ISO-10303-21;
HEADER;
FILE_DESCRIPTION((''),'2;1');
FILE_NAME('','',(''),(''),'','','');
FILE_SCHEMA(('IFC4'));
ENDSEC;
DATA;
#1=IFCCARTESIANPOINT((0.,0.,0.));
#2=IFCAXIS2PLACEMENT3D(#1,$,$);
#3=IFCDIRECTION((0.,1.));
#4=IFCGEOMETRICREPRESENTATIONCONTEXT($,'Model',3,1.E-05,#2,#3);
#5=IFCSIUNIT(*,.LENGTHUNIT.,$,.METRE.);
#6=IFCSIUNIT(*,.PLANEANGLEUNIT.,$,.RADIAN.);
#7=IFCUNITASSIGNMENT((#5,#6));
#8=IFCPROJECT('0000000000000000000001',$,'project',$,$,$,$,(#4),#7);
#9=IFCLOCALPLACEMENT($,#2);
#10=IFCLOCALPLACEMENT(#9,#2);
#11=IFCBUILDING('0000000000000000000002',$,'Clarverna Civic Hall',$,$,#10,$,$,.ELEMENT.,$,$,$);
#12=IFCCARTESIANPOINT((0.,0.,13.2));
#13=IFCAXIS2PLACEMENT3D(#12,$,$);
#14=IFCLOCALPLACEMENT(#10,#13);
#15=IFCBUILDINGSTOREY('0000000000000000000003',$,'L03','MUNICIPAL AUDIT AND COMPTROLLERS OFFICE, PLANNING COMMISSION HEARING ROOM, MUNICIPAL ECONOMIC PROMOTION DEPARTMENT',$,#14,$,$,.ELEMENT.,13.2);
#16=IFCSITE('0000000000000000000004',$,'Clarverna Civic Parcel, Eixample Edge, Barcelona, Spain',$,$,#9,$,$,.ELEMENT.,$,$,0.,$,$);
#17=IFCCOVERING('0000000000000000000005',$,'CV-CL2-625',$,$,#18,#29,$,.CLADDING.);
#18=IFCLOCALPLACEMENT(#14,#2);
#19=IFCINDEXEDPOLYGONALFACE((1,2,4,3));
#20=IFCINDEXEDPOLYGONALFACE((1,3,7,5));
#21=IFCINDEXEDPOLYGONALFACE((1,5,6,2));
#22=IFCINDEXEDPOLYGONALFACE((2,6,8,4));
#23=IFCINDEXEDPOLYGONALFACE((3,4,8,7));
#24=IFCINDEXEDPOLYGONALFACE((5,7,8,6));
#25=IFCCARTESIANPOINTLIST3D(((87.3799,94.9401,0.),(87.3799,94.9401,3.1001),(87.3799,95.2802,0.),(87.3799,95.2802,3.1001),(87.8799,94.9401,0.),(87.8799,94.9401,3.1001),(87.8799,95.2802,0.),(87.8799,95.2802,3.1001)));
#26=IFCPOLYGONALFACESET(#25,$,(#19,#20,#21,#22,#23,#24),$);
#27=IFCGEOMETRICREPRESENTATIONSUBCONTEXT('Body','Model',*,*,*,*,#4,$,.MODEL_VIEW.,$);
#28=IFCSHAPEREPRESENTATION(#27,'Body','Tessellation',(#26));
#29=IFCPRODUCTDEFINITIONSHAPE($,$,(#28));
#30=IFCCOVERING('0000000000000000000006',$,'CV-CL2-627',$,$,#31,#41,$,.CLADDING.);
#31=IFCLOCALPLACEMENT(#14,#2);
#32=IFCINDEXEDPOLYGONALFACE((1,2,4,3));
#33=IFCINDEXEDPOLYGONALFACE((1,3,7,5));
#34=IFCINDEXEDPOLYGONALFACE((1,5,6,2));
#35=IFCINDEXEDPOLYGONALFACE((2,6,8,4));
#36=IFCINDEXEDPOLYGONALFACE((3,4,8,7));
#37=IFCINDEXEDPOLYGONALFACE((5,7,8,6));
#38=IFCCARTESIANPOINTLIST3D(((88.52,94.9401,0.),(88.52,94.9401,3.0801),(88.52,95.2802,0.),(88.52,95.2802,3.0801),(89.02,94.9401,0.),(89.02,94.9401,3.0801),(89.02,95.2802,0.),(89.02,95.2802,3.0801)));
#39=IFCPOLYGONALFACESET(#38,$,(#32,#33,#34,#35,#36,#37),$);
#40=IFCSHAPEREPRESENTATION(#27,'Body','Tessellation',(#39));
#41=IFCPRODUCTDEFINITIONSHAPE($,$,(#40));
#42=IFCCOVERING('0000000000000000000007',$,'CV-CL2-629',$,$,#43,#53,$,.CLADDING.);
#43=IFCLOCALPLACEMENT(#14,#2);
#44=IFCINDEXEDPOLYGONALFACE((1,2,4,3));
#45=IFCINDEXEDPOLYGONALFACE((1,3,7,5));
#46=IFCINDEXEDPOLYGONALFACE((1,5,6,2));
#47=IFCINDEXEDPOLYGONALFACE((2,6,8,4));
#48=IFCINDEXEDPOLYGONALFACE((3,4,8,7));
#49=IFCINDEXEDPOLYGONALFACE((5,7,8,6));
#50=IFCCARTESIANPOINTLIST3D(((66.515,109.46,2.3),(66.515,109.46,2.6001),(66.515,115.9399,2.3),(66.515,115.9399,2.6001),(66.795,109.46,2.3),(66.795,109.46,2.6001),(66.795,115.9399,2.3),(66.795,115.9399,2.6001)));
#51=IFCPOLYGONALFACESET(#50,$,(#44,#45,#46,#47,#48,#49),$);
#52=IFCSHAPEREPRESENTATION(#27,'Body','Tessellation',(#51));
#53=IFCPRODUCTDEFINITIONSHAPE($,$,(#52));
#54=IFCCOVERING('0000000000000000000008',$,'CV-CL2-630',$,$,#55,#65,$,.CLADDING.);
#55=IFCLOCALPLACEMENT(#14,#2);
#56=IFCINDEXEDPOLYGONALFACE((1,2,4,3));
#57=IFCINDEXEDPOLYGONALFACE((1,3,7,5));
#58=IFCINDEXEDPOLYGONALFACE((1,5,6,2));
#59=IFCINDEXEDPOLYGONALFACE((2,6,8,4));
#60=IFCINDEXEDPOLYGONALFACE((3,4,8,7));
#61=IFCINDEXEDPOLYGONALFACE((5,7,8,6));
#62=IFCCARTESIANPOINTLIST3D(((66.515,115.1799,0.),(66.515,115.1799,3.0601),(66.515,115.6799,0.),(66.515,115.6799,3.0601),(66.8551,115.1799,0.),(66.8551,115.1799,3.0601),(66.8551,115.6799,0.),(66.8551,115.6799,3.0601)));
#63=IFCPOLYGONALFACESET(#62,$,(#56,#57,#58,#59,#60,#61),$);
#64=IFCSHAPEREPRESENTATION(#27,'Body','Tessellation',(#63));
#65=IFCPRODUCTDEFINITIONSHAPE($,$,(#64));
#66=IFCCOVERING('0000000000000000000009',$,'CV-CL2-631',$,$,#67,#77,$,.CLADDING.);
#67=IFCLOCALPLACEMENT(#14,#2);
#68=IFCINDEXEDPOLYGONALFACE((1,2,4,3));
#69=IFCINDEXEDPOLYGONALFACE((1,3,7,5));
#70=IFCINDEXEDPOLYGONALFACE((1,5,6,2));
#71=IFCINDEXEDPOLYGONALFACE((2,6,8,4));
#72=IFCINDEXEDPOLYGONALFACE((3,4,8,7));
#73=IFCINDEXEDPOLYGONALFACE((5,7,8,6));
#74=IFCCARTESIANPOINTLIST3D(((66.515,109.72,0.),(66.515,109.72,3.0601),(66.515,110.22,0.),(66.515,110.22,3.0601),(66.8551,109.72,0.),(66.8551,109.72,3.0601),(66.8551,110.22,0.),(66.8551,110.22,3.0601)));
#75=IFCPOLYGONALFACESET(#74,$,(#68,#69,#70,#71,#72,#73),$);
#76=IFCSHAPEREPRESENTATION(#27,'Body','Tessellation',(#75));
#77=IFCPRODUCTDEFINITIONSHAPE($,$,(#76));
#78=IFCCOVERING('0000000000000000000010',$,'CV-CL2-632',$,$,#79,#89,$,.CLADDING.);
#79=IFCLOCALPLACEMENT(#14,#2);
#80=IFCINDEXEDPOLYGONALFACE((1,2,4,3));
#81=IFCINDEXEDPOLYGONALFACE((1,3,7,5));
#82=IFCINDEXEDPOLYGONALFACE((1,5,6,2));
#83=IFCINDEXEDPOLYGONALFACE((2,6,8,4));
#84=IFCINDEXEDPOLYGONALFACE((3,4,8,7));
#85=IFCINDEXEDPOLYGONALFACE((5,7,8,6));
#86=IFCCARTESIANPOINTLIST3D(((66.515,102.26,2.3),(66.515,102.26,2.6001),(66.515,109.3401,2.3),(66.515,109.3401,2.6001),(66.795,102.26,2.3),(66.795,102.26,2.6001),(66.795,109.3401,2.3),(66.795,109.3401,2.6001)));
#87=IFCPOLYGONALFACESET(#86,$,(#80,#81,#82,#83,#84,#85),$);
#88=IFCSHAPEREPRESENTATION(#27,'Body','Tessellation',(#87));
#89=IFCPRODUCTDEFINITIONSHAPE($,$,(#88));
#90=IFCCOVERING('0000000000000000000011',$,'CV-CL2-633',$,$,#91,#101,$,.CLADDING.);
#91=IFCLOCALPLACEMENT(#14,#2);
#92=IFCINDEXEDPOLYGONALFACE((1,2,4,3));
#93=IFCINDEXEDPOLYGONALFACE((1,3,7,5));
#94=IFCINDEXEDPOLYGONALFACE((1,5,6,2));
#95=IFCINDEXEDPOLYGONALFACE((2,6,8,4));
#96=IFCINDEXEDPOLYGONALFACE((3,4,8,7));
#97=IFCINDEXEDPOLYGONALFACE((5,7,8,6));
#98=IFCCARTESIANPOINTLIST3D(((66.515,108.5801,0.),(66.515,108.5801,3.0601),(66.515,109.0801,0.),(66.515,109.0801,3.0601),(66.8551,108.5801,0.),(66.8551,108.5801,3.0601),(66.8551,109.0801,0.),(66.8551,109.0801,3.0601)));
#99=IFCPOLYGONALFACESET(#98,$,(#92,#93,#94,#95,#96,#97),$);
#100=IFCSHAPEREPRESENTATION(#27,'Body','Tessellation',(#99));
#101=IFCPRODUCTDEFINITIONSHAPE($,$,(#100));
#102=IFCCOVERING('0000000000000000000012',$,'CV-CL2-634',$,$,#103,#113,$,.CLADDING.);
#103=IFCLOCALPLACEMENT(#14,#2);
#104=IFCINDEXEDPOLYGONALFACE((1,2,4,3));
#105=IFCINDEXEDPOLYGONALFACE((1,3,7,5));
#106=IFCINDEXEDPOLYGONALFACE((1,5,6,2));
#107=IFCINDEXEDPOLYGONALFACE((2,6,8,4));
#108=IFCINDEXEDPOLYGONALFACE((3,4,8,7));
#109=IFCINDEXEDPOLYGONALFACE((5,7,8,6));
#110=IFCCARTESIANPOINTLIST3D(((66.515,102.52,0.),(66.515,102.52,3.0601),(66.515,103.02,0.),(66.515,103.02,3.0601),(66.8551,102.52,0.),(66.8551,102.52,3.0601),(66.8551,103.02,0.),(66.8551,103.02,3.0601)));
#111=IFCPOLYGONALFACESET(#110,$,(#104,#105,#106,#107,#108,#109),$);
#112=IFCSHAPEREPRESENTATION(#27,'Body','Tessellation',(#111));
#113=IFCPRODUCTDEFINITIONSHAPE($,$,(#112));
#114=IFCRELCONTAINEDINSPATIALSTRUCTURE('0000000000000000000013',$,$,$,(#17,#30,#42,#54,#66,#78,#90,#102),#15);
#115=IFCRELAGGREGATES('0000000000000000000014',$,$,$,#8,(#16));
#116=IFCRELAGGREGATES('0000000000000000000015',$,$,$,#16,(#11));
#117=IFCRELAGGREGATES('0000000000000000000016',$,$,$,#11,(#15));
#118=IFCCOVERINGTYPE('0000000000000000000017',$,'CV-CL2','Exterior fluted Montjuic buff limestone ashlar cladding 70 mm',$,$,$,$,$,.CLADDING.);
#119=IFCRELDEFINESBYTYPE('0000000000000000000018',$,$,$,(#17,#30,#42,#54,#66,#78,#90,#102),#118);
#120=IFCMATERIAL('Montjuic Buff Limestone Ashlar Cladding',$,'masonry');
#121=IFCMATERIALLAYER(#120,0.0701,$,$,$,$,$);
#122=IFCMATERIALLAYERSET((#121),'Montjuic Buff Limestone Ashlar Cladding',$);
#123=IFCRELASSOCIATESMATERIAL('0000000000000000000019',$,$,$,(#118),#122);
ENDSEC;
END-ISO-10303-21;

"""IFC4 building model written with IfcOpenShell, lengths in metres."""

from ifc_helpers import new_model, si_unit, direction, frame, frame_2d, origin, place, context, subcontext, project, spatial, rectangle, extrude, material, layer, layer_set, type_object, element, save


model = new_model("IFC4")

# Units and contexts
model_context = context("Model", 3, precision=1e-05, world=origin(), true_north=direction((0.0, 1.0)))
body_context = subcontext(model_context, "Body", "Model", "MODEL_VIEW")
ifc_project = project(units=[si_unit("LENGTHUNIT", "METRE"), si_unit("PLANEANGLEUNIT", "RADIAN")], contexts=[model_context])

# Site, building, storey
site_placement = place(None, origin())
site = spatial("IfcSite", under=ifc_project, at=site_placement, Name="Clarverna Civic Parcel, Eixample Edge, Barcelona, Spain", CompositionType="ELEMENT", RefElevation=0.0)
building_placement = place(site_placement, origin())
building = spatial("IfcBuilding", under=site, at=building_placement, Name="Clarverna Civic Hall", CompositionType="ELEMENT")
storey_placement = place(building_placement, frame((0.0, 0.0, 13.2)))
storey = spatial("IfcBuildingStorey", under=building, at=storey_placement, Name="L03", Description="MUNICIPAL AUDIT AND COMPTROLLERS OFFICE, PLANNING COMMISSION HEARING ROOM, MUNICIPAL ECONOMIC PROMOTION DEPARTMENT", CompositionType="ELEMENT", Elevation=13.2)

# Coverings
ifc_material_1 = material(Name="Montjuic Buff Limestone Ashlar Cladding", Category="masonry")
ifc_layer_1 = layer(ifc_material_1, 0.0701)
ifc_layer_set_1 = layer_set([ifc_layer_1], Name="Montjuic Buff Limestone Ashlar Cladding")
covering_type = type_object("IfcCoveringType", Name="CV-CL2", Description="Exterior fluted Montjuic buff limestone ashlar cladding 70 mm", PredefinedType="CLADDING", material=ifc_layer_set_1)
for number, where, z_axis, x_axis, name in (
    (1, (87.3799, 95.1101, 0.0), (0.0, 0.0, 1.0), (1.0, 0.0, 0.0), "CV-CL2-625"),
):
    element("IfcCovering", number, at=place(storey_placement, frame(where, z_axis=z_axis, x_axis=x_axis)), inside=storey, type_object=covering_type, Name=name, PredefinedType="CLADDING", context=body_context, shape_type="SweptSolid", body=[
        extrude(rectangle(XDim=0.5, YDim=0.3401, at=frame_2d((0.25, 0.0))), origin(), (0.0, 0.0, 1.0), 3.1001),
    ])
covering_1_placement = place(storey_placement, frame((88.52, 95.1101, 0.0), z_axis=(0.0, 0.0, 1.0), x_axis=(1.0, 0.0, 0.0)))
element("IfcCovering", 2, at=covering_1_placement, inside=storey, type_object=covering_type, Name="CV-CL2-627", PredefinedType="CLADDING", context=body_context, shape_type="SweptSolid", body=[
    extrude(rectangle(XDim=0.5, YDim=0.3401, at=frame_2d((0.25, 0.0))), origin(), (0.0, 0.0, 1.0), 3.0801),
])
covering_2_placement = place(storey_placement, frame((66.655, 115.9399, 2.3), z_axis=(0.0, 0.0, 1.0), x_axis=(0.0, -1.0, 0.0)))
element("IfcCovering", 3, at=covering_2_placement, inside=storey, type_object=covering_type, Name="CV-CL2-629", PredefinedType="CLADDING", context=body_context, shape_type="SweptSolid", body=[
    extrude(rectangle(XDim=6.48, YDim=0.28, at=frame_2d((3.24, 0.0))), origin(), (0.0, 0.0, 1.0), 0.3),
])
for number, where, z_axis, x_axis, name in (
    (4, (66.6851, 115.6799, 0.0), (0.0, 0.0, 1.0), (0.0, -1.0, 0.0), "CV-CL2-630"),
    (5, (66.6851, 110.22, 0.0), (0.0, 0.0, 1.0), (0.0, -1.0, 0.0), "CV-CL2-631"),
):
    element("IfcCovering", number, at=place(storey_placement, frame(where, z_axis=z_axis, x_axis=x_axis)), inside=storey, type_object=covering_type, Name=name, PredefinedType="CLADDING", context=body_context, shape_type="SweptSolid", body=[
        extrude(rectangle(XDim=0.5, YDim=0.3401, at=frame_2d((0.25, 0.0))), origin(), (0.0, 0.0, 1.0), 3.0601),
    ])
covering_3_placement = place(storey_placement, frame((66.655, 109.3401, 2.3), z_axis=(0.0, 0.0, 1.0), x_axis=(0.0, -1.0, 0.0)))
element("IfcCovering", 6, at=covering_3_placement, inside=storey, type_object=covering_type, Name="CV-CL2-632", PredefinedType="CLADDING", context=body_context, shape_type="SweptSolid", body=[
    extrude(rectangle(XDim=7.0801, YDim=0.28, at=frame_2d((3.54, 0.0))), origin(), (0.0, 0.0, 1.0), 0.3),
])
for number, where, z_axis, x_axis, name in (
    (7, (66.6851, 109.0801, 0.0), (0.0, 0.0, 1.0), (0.0, -1.0, 0.0), "CV-CL2-633"),
    (8, (66.6851, 103.02, 0.0), (0.0, 0.0, 1.0), (0.0, -1.0, 0.0), "CV-CL2-634"),
):
    element("IfcCovering", number, at=place(storey_placement, frame(where, z_axis=z_axis, x_axis=x_axis)), inside=storey, type_object=covering_type, Name=name, PredefinedType="CLADDING", context=body_context, shape_type="SweptSolid", body=[
        extrude(rectangle(XDim=0.5, YDim=0.3401, at=frame_2d((0.25, 0.0))), origin(), (0.0, 0.0, 1.0), 3.0601),
    ])

save(model, "model.ifc")
